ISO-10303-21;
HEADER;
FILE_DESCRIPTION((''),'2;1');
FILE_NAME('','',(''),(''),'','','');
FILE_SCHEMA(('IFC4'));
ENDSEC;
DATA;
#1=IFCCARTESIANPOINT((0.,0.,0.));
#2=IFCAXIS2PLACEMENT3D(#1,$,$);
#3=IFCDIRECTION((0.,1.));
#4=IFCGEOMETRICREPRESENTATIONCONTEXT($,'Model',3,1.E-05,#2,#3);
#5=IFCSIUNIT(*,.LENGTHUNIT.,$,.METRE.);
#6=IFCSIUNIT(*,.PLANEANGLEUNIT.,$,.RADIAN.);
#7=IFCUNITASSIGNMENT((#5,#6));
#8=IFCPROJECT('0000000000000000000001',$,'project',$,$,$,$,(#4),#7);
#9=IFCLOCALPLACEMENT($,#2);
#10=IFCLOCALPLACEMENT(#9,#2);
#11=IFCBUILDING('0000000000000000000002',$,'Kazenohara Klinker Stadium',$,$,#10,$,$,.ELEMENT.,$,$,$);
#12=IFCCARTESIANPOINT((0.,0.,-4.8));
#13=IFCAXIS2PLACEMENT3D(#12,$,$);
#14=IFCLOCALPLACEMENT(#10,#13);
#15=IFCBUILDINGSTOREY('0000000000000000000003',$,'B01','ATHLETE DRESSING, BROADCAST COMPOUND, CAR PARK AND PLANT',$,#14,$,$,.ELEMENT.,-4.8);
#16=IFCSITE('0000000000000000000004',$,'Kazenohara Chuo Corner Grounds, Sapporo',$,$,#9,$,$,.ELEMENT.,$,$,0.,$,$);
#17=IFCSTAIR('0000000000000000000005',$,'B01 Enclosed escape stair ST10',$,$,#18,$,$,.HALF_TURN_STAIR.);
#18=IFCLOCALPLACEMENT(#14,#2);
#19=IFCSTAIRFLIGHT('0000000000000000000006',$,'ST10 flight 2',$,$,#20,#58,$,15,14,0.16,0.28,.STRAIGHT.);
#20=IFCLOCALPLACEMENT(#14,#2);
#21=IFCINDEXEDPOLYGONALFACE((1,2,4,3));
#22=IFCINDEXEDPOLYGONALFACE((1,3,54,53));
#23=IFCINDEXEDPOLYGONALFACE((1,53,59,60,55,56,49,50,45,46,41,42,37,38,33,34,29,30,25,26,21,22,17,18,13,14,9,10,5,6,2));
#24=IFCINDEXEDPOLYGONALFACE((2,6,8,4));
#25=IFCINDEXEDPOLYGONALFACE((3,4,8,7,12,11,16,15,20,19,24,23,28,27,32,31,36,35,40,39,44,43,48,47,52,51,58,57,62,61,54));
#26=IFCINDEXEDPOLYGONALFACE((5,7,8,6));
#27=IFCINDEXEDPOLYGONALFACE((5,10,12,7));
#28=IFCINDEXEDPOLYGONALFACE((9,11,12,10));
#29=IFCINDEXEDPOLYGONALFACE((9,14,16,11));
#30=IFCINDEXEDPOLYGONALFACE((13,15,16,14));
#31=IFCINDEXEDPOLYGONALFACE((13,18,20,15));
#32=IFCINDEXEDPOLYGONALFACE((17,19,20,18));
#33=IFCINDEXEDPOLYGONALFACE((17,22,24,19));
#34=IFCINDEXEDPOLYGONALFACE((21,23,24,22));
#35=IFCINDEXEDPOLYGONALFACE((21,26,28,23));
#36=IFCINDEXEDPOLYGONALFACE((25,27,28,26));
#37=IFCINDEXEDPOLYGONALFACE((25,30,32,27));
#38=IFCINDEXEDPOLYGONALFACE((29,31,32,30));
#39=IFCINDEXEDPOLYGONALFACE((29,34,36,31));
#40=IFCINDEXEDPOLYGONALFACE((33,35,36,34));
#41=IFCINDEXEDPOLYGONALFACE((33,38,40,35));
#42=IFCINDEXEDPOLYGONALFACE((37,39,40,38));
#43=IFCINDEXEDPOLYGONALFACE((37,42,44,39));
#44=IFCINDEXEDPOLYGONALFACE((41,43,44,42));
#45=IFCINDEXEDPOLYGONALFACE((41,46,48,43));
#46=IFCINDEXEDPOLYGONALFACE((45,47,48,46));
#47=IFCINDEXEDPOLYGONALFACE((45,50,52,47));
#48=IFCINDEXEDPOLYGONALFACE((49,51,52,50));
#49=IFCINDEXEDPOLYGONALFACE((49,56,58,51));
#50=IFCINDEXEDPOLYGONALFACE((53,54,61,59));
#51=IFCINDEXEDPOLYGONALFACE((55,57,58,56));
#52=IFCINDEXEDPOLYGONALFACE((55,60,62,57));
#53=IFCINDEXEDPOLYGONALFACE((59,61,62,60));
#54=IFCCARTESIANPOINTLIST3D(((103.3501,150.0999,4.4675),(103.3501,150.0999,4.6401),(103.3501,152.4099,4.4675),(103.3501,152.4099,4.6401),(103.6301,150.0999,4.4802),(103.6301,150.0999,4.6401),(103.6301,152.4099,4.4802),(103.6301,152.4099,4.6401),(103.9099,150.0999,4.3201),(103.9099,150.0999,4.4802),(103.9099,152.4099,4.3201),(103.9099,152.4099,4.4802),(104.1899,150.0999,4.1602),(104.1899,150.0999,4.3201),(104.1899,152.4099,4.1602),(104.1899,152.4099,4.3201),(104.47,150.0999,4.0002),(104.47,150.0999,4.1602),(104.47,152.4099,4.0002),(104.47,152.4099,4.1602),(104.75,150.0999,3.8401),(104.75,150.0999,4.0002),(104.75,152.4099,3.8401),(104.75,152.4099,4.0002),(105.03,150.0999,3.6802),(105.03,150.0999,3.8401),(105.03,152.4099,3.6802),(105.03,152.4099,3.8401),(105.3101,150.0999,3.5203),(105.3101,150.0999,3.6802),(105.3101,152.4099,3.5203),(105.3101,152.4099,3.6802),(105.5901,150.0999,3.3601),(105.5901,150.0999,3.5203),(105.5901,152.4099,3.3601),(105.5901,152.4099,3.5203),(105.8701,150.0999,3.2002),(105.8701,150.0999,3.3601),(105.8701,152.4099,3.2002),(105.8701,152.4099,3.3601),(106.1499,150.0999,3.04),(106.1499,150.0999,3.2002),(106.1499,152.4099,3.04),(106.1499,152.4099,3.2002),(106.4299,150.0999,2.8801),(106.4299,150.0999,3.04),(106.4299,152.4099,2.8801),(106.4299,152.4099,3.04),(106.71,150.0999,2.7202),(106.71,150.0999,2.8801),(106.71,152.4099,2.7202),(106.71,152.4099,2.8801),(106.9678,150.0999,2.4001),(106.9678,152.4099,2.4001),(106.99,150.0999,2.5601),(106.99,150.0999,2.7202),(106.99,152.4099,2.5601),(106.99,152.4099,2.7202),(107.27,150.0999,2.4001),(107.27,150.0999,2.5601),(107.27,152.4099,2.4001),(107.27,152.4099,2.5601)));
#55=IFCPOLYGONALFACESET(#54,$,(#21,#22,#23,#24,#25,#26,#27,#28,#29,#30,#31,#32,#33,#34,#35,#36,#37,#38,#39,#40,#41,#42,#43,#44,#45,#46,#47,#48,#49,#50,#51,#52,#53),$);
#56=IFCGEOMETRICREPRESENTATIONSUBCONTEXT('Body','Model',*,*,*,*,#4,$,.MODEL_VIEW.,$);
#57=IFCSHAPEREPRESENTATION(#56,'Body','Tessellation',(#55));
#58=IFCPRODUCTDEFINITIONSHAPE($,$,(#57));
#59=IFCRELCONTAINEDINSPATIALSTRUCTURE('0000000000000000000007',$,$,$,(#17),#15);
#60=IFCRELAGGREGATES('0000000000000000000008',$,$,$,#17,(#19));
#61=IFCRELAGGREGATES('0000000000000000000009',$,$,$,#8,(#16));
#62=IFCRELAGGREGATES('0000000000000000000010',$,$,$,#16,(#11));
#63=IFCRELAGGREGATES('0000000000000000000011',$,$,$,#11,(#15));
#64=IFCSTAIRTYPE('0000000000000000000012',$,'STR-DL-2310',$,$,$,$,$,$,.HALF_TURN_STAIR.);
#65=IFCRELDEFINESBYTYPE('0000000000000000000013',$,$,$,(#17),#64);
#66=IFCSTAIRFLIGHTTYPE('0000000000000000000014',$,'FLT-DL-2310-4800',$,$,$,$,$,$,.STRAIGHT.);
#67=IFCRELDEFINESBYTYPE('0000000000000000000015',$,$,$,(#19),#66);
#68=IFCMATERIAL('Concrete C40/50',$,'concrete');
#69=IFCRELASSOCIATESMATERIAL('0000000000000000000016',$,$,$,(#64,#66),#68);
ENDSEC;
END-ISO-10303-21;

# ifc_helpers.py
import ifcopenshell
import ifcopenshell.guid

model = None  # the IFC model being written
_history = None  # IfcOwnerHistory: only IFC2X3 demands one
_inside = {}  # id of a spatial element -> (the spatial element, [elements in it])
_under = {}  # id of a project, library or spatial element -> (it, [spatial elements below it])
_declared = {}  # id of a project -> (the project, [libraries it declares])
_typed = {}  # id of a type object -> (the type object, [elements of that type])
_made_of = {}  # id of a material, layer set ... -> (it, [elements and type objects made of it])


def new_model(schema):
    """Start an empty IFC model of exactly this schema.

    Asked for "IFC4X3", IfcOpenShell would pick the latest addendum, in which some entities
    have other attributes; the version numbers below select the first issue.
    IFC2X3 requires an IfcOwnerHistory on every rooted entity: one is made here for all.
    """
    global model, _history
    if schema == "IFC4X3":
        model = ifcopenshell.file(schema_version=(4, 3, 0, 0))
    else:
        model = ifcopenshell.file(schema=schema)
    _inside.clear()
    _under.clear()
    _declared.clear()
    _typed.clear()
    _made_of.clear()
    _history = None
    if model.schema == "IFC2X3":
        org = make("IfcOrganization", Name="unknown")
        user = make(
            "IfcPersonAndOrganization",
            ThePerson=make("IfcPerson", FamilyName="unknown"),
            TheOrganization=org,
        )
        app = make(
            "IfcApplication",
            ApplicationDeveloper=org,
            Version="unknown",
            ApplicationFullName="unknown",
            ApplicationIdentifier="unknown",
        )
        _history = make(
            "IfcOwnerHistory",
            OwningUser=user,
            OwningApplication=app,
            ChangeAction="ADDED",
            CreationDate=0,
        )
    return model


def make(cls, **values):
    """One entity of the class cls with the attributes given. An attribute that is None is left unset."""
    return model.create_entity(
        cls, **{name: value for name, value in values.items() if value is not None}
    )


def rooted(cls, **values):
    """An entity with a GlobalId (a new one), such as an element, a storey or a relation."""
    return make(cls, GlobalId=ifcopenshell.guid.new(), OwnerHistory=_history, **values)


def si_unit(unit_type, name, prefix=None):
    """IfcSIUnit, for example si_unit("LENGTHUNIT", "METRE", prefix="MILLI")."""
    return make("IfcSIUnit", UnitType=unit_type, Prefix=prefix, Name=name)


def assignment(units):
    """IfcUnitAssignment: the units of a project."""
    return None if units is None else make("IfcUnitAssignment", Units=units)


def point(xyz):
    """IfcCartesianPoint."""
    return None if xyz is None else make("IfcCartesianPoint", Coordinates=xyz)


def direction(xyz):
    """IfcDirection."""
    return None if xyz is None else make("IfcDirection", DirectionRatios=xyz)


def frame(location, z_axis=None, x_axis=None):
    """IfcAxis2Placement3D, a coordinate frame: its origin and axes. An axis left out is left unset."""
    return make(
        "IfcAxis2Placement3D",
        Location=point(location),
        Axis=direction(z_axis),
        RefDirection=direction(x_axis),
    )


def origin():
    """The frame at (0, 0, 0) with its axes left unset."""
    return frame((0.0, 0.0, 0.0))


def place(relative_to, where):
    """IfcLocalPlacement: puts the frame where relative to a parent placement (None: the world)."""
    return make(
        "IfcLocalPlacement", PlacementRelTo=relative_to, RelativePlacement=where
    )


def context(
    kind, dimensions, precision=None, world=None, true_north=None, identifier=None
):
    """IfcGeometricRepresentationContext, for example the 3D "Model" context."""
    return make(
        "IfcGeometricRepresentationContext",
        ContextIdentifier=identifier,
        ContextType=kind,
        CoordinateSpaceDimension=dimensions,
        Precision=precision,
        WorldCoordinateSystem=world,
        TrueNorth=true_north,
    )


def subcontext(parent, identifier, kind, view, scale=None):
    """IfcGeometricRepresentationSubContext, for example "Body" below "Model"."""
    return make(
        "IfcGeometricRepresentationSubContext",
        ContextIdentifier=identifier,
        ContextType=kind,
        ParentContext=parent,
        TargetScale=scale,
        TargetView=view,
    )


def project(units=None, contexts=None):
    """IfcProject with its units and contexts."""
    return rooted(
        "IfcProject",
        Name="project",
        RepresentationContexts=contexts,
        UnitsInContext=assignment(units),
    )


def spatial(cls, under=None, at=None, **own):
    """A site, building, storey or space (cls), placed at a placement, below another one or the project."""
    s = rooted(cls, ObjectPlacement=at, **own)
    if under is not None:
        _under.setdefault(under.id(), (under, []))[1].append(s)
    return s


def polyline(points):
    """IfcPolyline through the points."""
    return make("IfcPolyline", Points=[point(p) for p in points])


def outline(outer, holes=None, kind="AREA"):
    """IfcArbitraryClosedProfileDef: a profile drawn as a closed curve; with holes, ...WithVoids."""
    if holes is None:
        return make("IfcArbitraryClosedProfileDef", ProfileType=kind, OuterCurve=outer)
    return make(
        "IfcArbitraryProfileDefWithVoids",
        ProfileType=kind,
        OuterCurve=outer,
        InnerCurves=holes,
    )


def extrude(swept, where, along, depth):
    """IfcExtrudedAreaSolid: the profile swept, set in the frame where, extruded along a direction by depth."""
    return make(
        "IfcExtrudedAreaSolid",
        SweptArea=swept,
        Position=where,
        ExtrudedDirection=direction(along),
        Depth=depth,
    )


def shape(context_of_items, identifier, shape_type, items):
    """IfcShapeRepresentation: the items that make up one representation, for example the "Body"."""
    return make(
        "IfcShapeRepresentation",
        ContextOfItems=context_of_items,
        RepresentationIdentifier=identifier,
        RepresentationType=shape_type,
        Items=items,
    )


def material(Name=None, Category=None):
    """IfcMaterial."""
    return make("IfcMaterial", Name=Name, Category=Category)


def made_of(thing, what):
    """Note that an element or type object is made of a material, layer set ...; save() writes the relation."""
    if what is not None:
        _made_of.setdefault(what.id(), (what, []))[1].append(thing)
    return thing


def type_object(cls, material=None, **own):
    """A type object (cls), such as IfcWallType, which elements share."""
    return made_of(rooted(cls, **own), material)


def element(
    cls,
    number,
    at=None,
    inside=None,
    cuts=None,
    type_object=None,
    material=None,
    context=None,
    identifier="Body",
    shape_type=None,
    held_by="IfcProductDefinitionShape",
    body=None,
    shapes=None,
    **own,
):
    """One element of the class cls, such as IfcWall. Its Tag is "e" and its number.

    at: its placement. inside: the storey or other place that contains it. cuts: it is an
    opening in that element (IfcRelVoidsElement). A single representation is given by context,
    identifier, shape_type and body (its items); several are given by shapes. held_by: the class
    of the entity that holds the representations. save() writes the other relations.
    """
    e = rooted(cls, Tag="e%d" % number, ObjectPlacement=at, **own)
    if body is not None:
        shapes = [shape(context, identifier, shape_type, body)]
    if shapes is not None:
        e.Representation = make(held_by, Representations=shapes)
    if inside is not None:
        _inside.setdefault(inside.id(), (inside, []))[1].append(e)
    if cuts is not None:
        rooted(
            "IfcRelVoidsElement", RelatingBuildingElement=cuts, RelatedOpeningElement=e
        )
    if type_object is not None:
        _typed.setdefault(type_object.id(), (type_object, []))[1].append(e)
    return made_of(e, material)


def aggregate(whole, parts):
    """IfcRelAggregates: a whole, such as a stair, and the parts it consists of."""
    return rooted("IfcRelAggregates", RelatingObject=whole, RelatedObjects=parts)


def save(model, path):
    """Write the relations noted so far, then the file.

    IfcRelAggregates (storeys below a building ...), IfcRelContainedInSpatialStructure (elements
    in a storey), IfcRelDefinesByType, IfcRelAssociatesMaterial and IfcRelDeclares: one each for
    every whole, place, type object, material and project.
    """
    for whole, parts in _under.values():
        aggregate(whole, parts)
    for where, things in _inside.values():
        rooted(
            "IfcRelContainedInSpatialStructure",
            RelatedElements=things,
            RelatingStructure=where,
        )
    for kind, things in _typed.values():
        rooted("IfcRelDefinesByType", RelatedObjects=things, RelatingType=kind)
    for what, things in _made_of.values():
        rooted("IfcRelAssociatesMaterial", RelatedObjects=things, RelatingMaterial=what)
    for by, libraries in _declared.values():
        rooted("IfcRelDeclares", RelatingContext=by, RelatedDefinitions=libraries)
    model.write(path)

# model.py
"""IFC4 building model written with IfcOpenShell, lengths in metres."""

from ifc_helpers import new_model, si_unit, direction, frame, origin, place, context, subcontext, project, spatial, polyline, outline, extrude, material, type_object, element, aggregate, save


model = new_model("IFC4")

# Units and contexts
model_context = context("Model", 3, precision=1e-05, world=origin(), true_north=direction((0.0, 1.0)))
body_context = subcontext(model_context, "Body", "Model", "MODEL_VIEW")
ifc_project = project(units=[si_unit("LENGTHUNIT", "METRE"), si_unit("PLANEANGLEUNIT", "RADIAN")], contexts=[model_context])

# Site, building, storey
site_placement = place(None, origin())
site = spatial("IfcSite", under=ifc_project, at=site_placement, Name="Kazenohara Chuo Corner Grounds, Sapporo", CompositionType="ELEMENT", RefElevation=0.0)
building_placement = place(site_placement, origin())
building = spatial("IfcBuilding", under=site, at=building_placement, Name="Kazenohara Klinker Stadium", CompositionType="ELEMENT")
storey_placement = place(building_placement, frame((0.0, 0.0, -4.8)))
storey = spatial("IfcBuildingStorey", under=building, at=storey_placement, Name="B01", Description="ATHLETE DRESSING, BROADCAST COMPOUND, CAR PARK AND PLANT", CompositionType="ELEMENT", Elevation=-4.8)

# Shared definitions
ifc_material_1 = material(Name="Concrete C40/50", Category="concrete")

# Stair, stair flight
stair_type = type_object("IfcStairType", Name="STR-DL-2310", PredefinedType="HALF_TURN_STAIR", material=ifc_material_1)
stair_placement = place(storey_placement, origin())
stair = element("IfcStair", 1, at=stair_placement, inside=storey, type_object=stair_type, Name="B01 Enclosed escape stair ST10", PredefinedType="HALF_TURN_STAIR")
stair_flight_type = type_object("IfcStairFlightType", Name="FLT-DL-2310-4800", PredefinedType="STRAIGHT", material=ifc_material_1)
stair_flight_placement = place(storey_placement, frame((107.27, 151.2549, 2.4001), z_axis=(0.0, 0.0, 1.0), x_axis=(-1.0, 0.0, 0.0)))
stair_flight = element("IfcStairFlight", 2, at=stair_flight_placement, type_object=stair_flight_type, Name="ST10 flight 2", NumberOfRisers=15, NumberOfTreads=14, PredefinedType="STRAIGHT", RiserHeight=0.16, TreadLength=0.28, context=body_context, shape_type="SweptSolid", body=[
    extrude(outline(polyline([(0.0, 0.0), (0.0, 0.1599), (0.28, 0.1599), (0.28, 0.3201), (0.5601, 0.3201), (0.5601, 0.48), (0.8401, 0.48), (0.8401, 0.6399), (1.1201, 0.6399), (1.1201, 0.8), (1.3999, 0.8), (1.3999, 0.96), (1.6799, 0.96), (1.6799, 1.1201), (1.96, 1.1201), (1.96, 1.28), (2.24, 1.28), (2.24, 1.4399), (2.52, 1.4399), (2.52, 1.6001), (2.8, 1.6001), (2.8, 1.76), (3.0801, 1.76), (3.0801, 1.9199), (3.3601, 1.9199), (3.3601, 2.0801), (3.6399, 2.0801), (3.6399, 2.24), (3.9199, 2.24), (3.9199, 2.3999), (3.9199, 2.0674), (0.3022, 0.0), (0.0, 0.0)])), frame((0.0, 1.155, 0.0), z_axis=(0.0, -1.0, 0.0), x_axis=(1.0, 0.0, 0.0)), (0.0, 0.0, 1.0), 2.3101),
])
aggregate(stair, [stair_flight])

save(model, "model.ifc")
